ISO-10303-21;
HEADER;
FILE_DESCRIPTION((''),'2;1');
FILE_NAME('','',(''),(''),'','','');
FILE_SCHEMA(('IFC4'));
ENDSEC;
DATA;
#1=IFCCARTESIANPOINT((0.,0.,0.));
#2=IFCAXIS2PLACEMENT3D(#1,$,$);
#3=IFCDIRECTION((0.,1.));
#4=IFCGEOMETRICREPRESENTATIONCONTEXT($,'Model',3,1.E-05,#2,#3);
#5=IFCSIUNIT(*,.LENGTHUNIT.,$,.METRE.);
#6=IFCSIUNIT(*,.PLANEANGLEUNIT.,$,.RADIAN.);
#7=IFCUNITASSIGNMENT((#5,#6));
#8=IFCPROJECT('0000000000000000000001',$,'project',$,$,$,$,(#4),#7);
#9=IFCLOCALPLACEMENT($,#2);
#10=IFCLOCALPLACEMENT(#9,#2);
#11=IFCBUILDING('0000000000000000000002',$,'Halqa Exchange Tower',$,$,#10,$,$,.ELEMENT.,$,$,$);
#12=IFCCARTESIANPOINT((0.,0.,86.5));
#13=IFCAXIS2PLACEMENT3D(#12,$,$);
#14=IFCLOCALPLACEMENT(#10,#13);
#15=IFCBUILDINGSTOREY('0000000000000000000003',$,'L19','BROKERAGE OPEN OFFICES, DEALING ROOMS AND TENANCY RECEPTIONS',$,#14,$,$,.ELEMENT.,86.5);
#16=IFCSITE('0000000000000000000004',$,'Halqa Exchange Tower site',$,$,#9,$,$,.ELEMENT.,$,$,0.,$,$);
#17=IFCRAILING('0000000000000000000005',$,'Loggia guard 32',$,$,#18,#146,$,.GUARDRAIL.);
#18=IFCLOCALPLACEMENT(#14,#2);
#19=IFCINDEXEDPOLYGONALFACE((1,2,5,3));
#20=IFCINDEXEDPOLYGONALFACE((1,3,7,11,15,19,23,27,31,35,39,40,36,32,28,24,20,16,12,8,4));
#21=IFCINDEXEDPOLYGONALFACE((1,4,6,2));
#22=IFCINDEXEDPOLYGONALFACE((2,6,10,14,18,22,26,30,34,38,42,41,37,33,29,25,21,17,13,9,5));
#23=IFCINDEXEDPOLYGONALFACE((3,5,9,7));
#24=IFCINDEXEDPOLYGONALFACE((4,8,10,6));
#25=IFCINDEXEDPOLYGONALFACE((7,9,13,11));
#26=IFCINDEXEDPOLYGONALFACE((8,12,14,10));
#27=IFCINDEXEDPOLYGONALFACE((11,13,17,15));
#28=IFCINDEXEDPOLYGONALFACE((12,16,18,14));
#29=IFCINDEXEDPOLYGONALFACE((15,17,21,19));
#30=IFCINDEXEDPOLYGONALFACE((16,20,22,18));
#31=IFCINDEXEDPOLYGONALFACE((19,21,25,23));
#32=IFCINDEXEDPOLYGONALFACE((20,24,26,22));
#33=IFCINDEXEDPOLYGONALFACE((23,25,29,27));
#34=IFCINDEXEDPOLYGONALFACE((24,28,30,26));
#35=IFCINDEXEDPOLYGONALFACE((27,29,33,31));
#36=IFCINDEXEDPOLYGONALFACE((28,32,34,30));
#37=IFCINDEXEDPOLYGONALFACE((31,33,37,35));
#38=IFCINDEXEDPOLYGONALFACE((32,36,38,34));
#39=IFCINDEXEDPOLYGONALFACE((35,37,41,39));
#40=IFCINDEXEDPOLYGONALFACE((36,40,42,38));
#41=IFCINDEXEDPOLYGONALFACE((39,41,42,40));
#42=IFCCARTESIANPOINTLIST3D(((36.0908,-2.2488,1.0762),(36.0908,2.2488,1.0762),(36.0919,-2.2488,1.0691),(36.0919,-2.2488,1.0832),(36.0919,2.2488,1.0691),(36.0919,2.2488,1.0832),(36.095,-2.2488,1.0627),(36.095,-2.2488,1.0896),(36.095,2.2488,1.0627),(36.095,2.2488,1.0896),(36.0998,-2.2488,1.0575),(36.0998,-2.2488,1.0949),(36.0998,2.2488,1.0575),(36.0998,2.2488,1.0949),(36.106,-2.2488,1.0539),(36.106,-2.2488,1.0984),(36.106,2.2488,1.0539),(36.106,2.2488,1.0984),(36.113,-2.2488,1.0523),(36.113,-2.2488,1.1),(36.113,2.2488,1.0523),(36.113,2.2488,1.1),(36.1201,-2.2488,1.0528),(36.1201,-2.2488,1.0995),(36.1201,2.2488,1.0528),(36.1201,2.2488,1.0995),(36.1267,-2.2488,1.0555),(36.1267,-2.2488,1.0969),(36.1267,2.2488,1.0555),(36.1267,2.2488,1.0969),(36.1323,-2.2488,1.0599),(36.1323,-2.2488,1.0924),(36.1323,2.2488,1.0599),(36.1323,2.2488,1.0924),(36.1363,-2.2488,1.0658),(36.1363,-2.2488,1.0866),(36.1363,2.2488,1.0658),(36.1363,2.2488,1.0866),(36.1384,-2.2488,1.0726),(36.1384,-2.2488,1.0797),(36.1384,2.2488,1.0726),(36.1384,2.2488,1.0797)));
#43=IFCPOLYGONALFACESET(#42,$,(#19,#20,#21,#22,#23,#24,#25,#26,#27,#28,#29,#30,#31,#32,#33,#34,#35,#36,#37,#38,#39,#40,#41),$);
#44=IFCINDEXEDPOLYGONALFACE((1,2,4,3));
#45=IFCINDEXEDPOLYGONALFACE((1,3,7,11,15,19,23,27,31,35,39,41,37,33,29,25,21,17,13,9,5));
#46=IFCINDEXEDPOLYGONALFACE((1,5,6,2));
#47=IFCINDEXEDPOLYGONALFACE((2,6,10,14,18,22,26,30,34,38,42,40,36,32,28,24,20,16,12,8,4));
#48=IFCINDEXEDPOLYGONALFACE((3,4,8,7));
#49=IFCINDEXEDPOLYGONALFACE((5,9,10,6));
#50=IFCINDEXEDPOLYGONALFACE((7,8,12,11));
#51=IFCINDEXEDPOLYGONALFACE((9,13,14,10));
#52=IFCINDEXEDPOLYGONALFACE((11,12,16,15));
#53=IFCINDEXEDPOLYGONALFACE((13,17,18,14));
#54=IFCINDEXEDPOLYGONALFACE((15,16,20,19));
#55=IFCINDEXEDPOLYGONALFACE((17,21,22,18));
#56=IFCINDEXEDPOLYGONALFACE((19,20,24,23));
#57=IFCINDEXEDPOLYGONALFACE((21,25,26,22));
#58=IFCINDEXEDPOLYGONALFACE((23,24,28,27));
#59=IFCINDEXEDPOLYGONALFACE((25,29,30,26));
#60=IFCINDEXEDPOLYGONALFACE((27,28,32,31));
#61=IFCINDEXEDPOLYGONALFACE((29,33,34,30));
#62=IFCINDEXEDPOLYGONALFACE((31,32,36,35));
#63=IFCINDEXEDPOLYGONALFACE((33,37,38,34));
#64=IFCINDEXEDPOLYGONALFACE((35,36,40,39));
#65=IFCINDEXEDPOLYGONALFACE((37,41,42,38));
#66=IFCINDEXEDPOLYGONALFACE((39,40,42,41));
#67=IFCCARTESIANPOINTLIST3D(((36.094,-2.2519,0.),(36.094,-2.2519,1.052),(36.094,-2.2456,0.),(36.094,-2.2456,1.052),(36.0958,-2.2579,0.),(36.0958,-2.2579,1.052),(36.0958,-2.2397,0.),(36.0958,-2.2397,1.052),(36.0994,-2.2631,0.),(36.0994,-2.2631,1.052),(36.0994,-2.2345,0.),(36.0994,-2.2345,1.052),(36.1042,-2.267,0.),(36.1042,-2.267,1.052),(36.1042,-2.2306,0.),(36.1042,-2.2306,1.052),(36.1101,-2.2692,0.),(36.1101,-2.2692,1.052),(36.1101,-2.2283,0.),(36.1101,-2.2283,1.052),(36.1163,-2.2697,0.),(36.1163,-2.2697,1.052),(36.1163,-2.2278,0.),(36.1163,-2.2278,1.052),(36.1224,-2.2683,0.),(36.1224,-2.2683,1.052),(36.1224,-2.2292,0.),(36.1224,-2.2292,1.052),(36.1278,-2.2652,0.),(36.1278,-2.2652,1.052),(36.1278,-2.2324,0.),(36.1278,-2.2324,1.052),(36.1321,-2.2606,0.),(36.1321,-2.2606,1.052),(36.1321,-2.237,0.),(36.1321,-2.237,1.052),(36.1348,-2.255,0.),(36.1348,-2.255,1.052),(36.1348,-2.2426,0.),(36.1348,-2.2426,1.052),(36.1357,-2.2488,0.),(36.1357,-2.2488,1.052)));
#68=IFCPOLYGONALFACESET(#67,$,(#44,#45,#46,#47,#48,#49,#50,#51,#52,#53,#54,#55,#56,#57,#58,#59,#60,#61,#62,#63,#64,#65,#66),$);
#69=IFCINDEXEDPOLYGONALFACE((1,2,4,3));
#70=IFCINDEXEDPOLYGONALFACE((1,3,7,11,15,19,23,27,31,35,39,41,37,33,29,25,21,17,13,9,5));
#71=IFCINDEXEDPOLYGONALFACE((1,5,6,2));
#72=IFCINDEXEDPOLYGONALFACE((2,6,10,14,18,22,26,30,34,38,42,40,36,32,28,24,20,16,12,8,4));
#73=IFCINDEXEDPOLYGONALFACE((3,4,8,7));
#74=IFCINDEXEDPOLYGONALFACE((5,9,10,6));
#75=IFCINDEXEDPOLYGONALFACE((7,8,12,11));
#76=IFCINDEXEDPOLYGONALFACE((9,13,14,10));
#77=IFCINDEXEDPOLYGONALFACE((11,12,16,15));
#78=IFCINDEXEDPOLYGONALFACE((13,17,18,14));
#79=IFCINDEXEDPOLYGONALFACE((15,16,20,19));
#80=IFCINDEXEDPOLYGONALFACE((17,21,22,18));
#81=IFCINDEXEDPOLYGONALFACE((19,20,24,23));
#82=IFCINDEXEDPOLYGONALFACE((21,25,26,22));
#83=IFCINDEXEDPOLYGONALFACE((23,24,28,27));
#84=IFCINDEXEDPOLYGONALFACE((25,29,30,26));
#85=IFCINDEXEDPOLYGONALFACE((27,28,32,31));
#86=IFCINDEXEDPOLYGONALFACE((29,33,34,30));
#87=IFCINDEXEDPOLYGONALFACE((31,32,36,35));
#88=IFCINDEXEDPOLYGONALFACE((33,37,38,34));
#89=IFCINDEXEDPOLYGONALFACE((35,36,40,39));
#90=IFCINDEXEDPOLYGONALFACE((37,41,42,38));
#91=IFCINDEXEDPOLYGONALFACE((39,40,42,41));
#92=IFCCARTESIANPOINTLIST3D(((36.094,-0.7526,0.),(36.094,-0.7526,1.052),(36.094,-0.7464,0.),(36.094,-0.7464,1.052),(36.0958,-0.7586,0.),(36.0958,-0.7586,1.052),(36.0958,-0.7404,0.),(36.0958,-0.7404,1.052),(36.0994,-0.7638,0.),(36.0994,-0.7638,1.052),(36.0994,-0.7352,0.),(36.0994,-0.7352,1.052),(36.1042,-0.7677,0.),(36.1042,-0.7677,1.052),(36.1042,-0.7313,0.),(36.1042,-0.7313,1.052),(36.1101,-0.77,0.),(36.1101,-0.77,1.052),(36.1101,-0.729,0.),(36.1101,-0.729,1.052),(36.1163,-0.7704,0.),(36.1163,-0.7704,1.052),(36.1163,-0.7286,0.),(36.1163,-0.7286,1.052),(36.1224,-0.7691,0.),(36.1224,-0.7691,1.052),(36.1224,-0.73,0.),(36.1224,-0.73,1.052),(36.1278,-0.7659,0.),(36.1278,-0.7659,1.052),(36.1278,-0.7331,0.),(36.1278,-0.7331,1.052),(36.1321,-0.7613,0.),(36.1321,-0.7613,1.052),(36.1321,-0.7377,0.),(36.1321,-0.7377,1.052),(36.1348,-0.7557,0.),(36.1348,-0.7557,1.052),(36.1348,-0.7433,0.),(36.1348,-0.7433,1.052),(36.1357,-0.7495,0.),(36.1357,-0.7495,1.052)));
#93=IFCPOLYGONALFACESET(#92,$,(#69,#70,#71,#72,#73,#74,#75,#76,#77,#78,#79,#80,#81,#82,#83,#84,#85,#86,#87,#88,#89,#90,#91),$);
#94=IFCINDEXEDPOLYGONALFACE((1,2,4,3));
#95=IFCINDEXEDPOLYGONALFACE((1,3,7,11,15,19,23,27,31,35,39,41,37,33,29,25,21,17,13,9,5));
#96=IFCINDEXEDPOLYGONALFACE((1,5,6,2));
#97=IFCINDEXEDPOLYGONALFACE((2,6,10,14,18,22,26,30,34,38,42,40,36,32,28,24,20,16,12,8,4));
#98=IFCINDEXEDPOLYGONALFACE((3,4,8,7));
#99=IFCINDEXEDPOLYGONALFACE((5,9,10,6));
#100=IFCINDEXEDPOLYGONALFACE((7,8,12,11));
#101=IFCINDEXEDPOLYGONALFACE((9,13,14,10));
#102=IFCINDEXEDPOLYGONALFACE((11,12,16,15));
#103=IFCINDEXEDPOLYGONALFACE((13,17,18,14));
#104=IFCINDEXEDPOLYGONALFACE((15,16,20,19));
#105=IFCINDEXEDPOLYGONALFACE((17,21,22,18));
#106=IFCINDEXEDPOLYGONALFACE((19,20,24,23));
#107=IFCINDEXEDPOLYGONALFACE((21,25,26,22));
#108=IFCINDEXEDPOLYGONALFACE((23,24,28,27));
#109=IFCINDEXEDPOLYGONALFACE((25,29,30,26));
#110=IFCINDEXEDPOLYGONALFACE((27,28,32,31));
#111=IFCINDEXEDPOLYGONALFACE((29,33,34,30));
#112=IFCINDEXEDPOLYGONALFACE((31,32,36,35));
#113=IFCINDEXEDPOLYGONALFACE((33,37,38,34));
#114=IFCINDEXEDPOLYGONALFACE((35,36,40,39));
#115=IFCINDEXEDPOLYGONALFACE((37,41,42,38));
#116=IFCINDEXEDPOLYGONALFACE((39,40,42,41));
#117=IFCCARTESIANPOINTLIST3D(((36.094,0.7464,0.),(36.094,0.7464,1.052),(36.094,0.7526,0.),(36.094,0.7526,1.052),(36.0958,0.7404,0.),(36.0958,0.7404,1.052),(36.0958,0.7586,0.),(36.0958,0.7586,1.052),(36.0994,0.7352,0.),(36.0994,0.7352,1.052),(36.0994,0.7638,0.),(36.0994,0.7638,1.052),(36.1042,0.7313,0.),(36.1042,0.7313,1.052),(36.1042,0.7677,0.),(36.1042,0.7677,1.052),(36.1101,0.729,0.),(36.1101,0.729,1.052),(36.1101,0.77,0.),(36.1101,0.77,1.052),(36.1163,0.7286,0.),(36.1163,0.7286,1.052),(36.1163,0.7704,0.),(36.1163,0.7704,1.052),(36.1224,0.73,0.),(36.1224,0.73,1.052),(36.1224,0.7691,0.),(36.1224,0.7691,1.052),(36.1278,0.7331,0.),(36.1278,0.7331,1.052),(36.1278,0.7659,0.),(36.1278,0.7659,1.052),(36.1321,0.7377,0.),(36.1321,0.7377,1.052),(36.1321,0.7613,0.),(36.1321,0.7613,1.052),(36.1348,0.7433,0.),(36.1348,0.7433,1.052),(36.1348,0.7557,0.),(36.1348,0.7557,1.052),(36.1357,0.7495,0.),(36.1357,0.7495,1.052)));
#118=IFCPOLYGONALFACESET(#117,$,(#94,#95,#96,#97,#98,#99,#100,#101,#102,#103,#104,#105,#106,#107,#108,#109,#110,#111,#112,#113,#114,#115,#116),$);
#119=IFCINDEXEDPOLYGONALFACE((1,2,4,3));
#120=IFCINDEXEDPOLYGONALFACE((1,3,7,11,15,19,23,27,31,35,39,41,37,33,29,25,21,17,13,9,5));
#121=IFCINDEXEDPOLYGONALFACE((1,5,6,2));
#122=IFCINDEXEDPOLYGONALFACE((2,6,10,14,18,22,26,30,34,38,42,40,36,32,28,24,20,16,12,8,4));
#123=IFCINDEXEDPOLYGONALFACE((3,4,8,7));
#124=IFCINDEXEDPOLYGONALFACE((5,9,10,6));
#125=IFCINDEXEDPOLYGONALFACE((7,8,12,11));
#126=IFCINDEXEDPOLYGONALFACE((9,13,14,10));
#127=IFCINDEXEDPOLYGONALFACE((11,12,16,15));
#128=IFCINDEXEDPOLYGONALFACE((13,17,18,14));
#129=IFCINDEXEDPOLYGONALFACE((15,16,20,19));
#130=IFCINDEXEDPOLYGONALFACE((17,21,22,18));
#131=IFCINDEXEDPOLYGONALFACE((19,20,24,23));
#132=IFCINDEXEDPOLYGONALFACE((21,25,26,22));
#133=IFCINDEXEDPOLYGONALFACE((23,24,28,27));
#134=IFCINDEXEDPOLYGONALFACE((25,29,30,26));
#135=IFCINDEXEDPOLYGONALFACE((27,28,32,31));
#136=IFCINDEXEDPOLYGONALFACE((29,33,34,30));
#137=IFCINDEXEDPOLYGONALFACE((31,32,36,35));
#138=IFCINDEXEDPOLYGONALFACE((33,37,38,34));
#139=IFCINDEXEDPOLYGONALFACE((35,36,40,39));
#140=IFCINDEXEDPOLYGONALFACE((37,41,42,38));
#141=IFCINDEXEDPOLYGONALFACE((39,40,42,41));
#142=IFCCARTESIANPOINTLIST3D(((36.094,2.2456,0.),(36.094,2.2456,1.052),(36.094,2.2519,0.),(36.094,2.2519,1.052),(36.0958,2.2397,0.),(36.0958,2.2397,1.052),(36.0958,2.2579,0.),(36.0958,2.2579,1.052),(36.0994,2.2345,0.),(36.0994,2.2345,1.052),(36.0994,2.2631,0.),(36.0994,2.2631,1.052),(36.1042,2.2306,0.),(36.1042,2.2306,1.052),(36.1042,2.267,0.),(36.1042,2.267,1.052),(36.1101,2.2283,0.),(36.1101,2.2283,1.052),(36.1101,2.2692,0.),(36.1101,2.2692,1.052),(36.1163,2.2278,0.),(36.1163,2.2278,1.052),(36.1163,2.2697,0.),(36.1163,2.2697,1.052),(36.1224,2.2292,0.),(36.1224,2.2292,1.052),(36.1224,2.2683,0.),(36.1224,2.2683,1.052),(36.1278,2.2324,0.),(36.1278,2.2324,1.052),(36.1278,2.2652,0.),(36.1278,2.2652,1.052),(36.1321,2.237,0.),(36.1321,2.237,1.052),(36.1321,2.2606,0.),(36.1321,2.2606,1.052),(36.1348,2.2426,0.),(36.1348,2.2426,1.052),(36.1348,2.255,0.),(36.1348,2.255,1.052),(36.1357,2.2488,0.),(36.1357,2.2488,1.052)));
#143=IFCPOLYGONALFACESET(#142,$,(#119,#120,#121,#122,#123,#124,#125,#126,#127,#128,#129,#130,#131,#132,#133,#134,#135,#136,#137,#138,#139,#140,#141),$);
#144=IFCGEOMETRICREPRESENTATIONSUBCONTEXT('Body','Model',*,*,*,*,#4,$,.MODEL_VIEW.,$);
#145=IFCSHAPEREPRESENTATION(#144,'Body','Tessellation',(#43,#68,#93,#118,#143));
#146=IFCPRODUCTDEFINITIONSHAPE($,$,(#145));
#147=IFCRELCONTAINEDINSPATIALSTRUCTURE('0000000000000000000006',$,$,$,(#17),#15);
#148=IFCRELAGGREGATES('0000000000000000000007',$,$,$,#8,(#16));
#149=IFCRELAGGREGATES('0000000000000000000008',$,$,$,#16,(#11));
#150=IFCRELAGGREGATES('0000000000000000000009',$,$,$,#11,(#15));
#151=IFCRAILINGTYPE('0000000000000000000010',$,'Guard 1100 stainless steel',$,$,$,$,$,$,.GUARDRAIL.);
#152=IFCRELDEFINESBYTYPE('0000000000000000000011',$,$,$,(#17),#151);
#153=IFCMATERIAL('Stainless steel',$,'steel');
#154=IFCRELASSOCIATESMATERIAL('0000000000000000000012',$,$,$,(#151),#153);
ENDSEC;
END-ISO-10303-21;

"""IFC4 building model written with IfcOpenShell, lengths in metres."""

from ifc_helpers import new_model, si_unit, direction, frame, origin, origin_2d, place, context, subcontext, project, spatial, circle, extrude, material, type_object, element, save


model = new_model("IFC4")

# Units and contexts
model_context = context("Model", 3, precision=1e-05, world=origin(), true_north=direction((0.0, 1.0)))
body_context = subcontext(model_context, "Body", "Model", "MODEL_VIEW")
ifc_project = project(units=[si_unit("LENGTHUNIT", "METRE"), si_unit("PLANEANGLEUNIT", "RADIAN")], contexts=[model_context])

# Site, building, storey
site_placement = place(None, origin())
site = spatial("IfcSite", under=ifc_project, at=site_placement, Name="Halqa Exchange Tower site", CompositionType="ELEMENT", RefElevation=0.0)
building_placement = place(site_placement, origin())
building = spatial("IfcBuilding", under=site, at=building_placement, Name="Halqa Exchange Tower", CompositionType="ELEMENT")
storey_placement = place(building_placement, frame((0.0, 0.0, 86.5)))
storey = spatial("IfcBuildingStorey", under=building, at=storey_placement, Name="L19", Description="BROKERAGE OPEN OFFICES, DEALING ROOMS AND TENANCY RECEPTIONS", CompositionType="ELEMENT", Elevation=86.5)

# Railing
ifc_material_1 = material(Name="Stainless steel", Category="steel")
railing_type = type_object("IfcRailingType", Name="Guard 1100 stainless steel", PredefinedType="GUARDRAIL", material=ifc_material_1)
railing_1_placement = place(storey_placement, frame((36.1147, -2.2488, 0.0)))
element("IfcRailing", 1, at=railing_1_placement, inside=storey, type_object=railing_type, Name="Loggia guard 32", PredefinedType="GUARDRAIL", context=body_context, shape_type="SweptSolid", body=[
    extrude(circle(Radius=0.0239, at=origin_2d()), frame((0.0, 0.0, 1.0762), z_axis=(0.0, 1.0, 0.0), x_axis=(-1.0, 0.0, 0.0)), (0.0, 0.0, 1.0), 4.4976),
    extrude(circle(Radius=0.021, at=origin_2d()), origin(), (0.0, 0.0, 1.0), 1.052),
    extrude(circle(Radius=0.021, at=origin_2d()), frame((0.0, 1.4993, 0.0)), (0.0, 0.0, 1.0), 1.052),
    extrude(circle(Radius=0.021, at=origin_2d()), frame((0.0, 2.9983, 0.0)), (0.0, 0.0, 1.0), 1.052),
    extrude(circle(Radius=0.021, at=origin_2d()), frame((0.0, 4.4976, 0.0)), (0.0, 0.0, 1.0), 1.052),
])

save(model, "model.ifc")
